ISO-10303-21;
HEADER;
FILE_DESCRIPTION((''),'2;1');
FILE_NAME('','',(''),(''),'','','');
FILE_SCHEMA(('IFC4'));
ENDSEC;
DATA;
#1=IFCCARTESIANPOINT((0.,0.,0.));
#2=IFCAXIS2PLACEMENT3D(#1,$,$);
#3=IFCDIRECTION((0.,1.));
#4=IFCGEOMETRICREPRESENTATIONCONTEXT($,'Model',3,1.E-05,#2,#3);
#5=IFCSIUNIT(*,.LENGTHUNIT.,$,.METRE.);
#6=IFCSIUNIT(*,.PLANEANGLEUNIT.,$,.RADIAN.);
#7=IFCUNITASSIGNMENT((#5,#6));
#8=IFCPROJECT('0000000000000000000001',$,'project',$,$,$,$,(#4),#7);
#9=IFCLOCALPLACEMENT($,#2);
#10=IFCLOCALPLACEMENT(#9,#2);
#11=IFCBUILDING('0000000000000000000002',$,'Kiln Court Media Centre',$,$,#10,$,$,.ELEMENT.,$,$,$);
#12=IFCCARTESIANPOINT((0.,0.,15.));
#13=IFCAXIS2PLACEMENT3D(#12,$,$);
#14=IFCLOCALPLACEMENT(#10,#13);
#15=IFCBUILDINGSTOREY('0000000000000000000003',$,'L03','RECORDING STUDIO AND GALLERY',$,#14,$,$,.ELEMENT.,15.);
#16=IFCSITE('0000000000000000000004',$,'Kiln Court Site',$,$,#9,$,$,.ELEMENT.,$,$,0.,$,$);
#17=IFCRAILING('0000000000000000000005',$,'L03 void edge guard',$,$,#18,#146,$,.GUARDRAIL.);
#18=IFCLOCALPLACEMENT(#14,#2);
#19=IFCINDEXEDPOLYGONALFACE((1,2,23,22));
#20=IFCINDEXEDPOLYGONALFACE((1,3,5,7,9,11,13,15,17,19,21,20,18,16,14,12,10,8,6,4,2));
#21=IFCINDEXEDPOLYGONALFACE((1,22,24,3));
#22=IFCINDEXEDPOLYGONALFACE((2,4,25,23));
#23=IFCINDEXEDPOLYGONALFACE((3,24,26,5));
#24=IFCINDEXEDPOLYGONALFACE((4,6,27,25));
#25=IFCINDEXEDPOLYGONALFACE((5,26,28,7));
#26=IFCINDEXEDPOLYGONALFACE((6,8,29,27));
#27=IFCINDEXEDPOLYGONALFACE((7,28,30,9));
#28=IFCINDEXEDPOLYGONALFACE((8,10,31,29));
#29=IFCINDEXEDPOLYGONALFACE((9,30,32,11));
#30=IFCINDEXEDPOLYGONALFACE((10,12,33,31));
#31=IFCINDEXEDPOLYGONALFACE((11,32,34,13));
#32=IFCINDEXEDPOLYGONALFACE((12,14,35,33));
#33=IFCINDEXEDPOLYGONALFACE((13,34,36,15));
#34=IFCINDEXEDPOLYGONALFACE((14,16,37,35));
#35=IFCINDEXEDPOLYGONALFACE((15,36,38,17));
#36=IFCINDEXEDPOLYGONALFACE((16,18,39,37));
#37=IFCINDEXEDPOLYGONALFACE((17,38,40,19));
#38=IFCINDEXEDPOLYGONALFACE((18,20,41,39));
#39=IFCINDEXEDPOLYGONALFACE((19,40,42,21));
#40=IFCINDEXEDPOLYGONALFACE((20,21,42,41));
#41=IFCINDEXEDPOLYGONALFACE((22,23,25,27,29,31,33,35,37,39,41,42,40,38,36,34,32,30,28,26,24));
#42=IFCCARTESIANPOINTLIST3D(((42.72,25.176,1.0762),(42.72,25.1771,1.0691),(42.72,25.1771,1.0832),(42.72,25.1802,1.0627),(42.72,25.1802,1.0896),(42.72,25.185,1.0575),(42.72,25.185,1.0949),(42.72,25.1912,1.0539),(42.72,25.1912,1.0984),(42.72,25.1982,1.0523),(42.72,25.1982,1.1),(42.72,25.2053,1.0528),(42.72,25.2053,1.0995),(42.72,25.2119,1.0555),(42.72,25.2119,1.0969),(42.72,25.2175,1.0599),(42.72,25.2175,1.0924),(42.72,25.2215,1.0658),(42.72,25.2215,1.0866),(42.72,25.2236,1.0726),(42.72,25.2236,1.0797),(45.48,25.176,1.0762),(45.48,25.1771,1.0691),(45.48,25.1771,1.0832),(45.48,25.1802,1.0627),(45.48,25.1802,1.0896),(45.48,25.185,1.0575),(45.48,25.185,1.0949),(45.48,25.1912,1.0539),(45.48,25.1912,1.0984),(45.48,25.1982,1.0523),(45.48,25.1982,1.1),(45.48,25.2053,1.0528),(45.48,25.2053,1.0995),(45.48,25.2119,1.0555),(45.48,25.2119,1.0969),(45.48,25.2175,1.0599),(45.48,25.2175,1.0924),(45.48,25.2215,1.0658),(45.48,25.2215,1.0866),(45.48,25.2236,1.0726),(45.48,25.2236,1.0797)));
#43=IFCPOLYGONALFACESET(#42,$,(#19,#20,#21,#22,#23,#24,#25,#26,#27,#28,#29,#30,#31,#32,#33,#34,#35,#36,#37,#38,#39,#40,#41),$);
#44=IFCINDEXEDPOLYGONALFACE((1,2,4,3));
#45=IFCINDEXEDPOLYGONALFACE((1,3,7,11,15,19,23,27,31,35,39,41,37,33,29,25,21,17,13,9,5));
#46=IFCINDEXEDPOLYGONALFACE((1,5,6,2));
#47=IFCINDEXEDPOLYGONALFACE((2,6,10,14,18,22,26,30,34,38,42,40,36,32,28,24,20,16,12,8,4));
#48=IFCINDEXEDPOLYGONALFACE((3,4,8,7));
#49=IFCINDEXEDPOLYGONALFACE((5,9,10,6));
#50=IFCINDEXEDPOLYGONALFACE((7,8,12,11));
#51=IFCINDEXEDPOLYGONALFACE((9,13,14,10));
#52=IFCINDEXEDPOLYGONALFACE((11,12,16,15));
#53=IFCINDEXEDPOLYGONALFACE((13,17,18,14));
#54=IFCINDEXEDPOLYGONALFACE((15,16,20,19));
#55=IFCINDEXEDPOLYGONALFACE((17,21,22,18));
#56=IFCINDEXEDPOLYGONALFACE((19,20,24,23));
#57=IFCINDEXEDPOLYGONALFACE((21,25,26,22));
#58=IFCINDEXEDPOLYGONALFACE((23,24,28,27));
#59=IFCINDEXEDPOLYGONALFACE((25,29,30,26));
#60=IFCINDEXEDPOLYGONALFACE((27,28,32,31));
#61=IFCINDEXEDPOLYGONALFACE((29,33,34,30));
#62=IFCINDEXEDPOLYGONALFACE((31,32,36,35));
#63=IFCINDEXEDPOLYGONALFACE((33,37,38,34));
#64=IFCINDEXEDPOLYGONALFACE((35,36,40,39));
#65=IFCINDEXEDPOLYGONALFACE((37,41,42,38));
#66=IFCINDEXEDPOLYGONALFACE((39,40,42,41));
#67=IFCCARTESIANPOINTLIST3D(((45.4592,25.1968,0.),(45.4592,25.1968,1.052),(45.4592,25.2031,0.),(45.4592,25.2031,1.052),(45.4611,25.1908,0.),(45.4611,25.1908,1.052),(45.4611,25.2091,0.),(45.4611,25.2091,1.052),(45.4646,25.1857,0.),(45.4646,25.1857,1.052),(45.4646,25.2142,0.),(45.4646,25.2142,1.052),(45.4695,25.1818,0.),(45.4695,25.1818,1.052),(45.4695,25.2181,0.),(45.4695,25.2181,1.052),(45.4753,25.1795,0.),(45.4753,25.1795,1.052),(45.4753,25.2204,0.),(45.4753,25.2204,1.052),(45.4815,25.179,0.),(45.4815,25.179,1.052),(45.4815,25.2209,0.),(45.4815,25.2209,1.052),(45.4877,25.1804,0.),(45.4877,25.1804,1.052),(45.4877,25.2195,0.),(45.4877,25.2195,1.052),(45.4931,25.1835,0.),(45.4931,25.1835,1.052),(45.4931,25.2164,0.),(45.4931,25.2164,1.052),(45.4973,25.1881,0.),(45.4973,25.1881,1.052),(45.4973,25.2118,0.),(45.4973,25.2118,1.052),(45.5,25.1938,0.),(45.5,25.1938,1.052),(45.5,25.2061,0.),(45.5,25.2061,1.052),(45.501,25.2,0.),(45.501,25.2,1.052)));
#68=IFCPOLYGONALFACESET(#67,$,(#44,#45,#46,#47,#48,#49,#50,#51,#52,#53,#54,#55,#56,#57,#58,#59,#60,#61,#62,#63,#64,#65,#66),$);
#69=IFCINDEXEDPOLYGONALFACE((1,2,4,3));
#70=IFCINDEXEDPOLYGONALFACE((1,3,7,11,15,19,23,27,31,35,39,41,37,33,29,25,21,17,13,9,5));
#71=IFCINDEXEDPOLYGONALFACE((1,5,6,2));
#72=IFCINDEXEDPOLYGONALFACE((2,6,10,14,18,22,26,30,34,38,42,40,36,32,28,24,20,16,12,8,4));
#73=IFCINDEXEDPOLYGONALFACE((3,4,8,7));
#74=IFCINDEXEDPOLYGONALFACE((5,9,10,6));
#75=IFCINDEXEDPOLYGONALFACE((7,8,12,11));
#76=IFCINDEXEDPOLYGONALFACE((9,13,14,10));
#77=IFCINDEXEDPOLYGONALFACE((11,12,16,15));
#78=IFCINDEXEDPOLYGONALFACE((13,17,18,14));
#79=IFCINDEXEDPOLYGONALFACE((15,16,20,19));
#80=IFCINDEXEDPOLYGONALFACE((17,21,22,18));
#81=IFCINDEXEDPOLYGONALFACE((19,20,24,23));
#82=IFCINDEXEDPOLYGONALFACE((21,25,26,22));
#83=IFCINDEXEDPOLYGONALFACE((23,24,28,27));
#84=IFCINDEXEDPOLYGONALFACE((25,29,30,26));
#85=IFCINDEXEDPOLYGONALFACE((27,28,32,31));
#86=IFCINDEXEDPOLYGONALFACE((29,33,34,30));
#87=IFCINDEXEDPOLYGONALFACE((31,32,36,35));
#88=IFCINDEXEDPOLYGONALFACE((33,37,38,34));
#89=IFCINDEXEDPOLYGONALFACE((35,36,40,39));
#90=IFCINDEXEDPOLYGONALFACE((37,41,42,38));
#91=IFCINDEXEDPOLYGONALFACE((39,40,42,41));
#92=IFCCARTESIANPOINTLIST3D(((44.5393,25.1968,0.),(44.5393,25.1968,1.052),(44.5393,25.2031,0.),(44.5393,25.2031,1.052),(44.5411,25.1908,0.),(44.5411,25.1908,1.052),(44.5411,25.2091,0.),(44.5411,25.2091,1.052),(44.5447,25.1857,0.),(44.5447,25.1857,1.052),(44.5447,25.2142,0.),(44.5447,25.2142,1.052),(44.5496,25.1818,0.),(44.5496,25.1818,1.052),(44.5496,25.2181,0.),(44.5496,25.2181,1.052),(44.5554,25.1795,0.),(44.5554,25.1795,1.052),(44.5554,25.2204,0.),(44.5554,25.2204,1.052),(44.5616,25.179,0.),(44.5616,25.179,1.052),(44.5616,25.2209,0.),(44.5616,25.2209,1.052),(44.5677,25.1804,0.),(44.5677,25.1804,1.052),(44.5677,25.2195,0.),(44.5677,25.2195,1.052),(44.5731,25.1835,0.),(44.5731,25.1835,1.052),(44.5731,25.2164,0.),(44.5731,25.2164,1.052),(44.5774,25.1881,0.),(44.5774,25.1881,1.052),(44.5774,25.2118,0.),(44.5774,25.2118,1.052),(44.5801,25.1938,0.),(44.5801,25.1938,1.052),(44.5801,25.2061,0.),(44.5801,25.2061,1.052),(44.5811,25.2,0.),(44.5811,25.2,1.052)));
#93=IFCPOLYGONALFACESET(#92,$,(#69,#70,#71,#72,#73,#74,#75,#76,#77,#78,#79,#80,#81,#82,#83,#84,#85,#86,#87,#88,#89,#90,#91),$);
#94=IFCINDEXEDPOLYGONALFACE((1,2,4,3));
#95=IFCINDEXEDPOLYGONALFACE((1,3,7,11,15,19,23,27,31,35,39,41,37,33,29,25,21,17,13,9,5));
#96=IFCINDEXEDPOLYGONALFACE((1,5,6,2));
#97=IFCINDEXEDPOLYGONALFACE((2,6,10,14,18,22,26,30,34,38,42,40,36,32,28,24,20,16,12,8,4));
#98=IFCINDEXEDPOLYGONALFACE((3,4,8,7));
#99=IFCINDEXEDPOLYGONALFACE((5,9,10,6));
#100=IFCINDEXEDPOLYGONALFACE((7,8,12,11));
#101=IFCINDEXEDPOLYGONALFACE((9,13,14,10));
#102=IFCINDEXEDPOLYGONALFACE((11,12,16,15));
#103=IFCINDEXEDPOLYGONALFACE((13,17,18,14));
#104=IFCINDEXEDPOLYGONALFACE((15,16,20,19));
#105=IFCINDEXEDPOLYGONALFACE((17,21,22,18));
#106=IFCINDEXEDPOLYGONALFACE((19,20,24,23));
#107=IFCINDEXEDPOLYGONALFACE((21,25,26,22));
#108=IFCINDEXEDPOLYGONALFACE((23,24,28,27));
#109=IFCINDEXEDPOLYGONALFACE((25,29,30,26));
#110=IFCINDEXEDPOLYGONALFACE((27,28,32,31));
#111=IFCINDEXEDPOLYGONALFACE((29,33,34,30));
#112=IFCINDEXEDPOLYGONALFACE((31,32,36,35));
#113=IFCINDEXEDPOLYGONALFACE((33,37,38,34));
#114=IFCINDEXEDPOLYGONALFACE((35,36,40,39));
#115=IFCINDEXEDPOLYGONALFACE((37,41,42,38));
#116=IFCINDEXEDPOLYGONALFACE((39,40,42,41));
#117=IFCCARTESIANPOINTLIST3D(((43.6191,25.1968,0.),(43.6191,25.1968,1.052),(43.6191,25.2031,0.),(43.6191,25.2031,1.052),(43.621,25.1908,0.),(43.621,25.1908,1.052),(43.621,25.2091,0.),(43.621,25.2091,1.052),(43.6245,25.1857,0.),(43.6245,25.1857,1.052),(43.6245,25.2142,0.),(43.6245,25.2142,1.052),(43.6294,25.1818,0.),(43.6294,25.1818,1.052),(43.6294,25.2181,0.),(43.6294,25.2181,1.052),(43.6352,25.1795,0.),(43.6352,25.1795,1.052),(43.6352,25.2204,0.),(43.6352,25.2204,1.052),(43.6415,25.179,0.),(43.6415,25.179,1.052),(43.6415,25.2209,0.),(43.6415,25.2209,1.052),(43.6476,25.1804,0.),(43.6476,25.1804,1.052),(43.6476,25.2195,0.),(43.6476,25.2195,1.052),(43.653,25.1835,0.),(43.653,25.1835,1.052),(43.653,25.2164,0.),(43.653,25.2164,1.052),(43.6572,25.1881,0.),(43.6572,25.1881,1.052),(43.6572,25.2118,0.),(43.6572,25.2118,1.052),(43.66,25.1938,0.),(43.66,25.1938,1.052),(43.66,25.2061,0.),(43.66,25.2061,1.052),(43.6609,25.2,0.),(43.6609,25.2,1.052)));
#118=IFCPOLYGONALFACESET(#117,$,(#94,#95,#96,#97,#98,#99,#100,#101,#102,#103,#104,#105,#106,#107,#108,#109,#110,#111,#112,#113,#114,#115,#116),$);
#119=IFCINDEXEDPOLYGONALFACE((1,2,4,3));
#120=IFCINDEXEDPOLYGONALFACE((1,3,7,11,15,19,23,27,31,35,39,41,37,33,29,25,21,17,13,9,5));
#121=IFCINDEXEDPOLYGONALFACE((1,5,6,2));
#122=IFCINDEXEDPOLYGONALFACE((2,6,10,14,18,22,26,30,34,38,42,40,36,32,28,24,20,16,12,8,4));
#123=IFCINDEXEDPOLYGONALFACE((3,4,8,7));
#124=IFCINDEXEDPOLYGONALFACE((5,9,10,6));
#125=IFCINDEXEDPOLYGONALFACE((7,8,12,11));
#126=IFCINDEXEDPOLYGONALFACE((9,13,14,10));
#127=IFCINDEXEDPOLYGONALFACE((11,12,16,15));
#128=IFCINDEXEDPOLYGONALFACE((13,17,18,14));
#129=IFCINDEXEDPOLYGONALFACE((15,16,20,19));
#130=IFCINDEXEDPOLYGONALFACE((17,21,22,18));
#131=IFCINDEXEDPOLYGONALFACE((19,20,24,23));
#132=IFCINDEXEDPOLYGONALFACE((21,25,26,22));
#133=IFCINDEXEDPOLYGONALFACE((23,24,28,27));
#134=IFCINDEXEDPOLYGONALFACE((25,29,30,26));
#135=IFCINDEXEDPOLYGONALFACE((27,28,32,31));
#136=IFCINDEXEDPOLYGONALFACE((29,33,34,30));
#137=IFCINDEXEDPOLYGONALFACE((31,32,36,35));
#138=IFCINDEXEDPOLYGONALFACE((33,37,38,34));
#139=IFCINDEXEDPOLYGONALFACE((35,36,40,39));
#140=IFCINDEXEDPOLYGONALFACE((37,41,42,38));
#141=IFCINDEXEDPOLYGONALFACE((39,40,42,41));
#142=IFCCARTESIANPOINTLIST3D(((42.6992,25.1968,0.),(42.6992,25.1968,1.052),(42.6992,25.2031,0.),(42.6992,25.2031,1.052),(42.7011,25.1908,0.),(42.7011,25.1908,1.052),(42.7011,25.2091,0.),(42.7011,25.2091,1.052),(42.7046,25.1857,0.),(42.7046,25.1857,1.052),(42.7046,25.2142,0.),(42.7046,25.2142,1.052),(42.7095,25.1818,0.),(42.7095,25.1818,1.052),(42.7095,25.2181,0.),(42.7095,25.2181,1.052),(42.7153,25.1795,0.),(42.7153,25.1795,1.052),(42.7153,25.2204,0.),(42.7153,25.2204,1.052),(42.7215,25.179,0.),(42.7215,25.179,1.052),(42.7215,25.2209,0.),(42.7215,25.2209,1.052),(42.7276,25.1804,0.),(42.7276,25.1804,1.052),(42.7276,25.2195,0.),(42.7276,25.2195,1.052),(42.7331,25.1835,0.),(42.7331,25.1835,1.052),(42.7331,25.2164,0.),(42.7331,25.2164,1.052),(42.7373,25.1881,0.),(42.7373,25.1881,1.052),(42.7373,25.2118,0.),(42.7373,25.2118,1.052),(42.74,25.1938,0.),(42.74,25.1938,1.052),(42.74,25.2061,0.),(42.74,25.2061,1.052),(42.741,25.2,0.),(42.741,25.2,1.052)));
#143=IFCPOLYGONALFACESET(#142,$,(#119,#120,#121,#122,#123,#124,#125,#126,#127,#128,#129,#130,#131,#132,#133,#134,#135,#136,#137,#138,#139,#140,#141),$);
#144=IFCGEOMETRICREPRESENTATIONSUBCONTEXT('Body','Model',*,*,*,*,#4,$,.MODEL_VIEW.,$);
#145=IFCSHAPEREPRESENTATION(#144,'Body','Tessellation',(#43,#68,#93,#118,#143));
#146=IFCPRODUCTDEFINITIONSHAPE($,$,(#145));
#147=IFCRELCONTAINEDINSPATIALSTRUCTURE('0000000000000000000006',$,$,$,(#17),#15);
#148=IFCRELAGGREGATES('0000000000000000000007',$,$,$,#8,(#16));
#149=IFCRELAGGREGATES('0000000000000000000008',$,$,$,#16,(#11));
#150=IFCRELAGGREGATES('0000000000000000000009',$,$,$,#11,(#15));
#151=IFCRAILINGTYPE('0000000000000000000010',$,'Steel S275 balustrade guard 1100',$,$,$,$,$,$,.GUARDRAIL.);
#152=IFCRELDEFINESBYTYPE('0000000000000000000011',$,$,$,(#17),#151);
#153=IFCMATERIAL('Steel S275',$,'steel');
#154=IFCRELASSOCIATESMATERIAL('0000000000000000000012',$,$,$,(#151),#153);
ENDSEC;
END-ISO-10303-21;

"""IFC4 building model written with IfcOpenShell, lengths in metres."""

from ifc_helpers import new_model, si_unit, direction, frame, origin, origin_2d, place, context, subcontext, project, spatial, circle, extrude, material, type_object, element, save


model = new_model("IFC4")

# Units and contexts
model_context = context("Model", 3, precision=1e-05, world=origin(), true_north=direction((0.0, 1.0)))
body_context = subcontext(model_context, "Body", "Model", "MODEL_VIEW")
ifc_project = project(units=[si_unit("LENGTHUNIT", "METRE"), si_unit("PLANEANGLEUNIT", "RADIAN")], contexts=[model_context])

# Site, building, storey
site_placement = place(None, origin())
site = spatial("IfcSite", under=ifc_project, at=site_placement, Name="Kiln Court Site", CompositionType="ELEMENT", RefElevation=0.0)
building_placement = place(site_placement, origin())
building = spatial("IfcBuilding", under=site, at=building_placement, Name="Kiln Court Media Centre", CompositionType="ELEMENT")
storey_placement = place(building_placement, frame((0.0, 0.0, 15.0)))
storey = spatial("IfcBuildingStorey", under=building, at=storey_placement, Name="L03", Description="RECORDING STUDIO AND GALLERY", CompositionType="ELEMENT", Elevation=15.0)

# Railing
ifc_material_1 = material(Name="Steel S275", Category="steel")
railing_type = type_object("IfcRailingType", Name="Steel S275 balustrade guard 1100", PredefinedType="GUARDRAIL", material=ifc_material_1)
railing_1_placement = place(storey_placement, frame((45.48, 25.2, 0.0)))
element("IfcRailing", 1, at=railing_1_placement, inside=storey, type_object=railing_type, Name="L03 void edge guard", PredefinedType="GUARDRAIL", context=body_context, shape_type="SweptSolid", body=[
    extrude(circle(Radius=0.0239, at=origin_2d()), frame((0.0, 0.0, 1.0762), z_axis=(-1.0, 0.0, 0.0), x_axis=(0.0, -1.0, 0.0)), (0.0, 0.0, 1.0), 2.76),
    extrude(circle(Radius=0.021, at=origin_2d()), origin(), (0.0, 0.0, 1.0), 1.052),
    extrude(circle(Radius=0.021, at=origin_2d()), frame((-0.9199, 0.0, 0.0)), (0.0, 0.0, 1.0), 1.052),
    extrude(circle(Radius=0.021, at=origin_2d()), frame((-1.8401, 0.0, 0.0)), (0.0, 0.0, 1.0), 1.052),
    extrude(circle(Radius=0.021, at=origin_2d()), frame((-2.76, 0.0, 0.0)), (0.0, 0.0, 1.0), 1.052),
])

save(model, "model.ifc")
